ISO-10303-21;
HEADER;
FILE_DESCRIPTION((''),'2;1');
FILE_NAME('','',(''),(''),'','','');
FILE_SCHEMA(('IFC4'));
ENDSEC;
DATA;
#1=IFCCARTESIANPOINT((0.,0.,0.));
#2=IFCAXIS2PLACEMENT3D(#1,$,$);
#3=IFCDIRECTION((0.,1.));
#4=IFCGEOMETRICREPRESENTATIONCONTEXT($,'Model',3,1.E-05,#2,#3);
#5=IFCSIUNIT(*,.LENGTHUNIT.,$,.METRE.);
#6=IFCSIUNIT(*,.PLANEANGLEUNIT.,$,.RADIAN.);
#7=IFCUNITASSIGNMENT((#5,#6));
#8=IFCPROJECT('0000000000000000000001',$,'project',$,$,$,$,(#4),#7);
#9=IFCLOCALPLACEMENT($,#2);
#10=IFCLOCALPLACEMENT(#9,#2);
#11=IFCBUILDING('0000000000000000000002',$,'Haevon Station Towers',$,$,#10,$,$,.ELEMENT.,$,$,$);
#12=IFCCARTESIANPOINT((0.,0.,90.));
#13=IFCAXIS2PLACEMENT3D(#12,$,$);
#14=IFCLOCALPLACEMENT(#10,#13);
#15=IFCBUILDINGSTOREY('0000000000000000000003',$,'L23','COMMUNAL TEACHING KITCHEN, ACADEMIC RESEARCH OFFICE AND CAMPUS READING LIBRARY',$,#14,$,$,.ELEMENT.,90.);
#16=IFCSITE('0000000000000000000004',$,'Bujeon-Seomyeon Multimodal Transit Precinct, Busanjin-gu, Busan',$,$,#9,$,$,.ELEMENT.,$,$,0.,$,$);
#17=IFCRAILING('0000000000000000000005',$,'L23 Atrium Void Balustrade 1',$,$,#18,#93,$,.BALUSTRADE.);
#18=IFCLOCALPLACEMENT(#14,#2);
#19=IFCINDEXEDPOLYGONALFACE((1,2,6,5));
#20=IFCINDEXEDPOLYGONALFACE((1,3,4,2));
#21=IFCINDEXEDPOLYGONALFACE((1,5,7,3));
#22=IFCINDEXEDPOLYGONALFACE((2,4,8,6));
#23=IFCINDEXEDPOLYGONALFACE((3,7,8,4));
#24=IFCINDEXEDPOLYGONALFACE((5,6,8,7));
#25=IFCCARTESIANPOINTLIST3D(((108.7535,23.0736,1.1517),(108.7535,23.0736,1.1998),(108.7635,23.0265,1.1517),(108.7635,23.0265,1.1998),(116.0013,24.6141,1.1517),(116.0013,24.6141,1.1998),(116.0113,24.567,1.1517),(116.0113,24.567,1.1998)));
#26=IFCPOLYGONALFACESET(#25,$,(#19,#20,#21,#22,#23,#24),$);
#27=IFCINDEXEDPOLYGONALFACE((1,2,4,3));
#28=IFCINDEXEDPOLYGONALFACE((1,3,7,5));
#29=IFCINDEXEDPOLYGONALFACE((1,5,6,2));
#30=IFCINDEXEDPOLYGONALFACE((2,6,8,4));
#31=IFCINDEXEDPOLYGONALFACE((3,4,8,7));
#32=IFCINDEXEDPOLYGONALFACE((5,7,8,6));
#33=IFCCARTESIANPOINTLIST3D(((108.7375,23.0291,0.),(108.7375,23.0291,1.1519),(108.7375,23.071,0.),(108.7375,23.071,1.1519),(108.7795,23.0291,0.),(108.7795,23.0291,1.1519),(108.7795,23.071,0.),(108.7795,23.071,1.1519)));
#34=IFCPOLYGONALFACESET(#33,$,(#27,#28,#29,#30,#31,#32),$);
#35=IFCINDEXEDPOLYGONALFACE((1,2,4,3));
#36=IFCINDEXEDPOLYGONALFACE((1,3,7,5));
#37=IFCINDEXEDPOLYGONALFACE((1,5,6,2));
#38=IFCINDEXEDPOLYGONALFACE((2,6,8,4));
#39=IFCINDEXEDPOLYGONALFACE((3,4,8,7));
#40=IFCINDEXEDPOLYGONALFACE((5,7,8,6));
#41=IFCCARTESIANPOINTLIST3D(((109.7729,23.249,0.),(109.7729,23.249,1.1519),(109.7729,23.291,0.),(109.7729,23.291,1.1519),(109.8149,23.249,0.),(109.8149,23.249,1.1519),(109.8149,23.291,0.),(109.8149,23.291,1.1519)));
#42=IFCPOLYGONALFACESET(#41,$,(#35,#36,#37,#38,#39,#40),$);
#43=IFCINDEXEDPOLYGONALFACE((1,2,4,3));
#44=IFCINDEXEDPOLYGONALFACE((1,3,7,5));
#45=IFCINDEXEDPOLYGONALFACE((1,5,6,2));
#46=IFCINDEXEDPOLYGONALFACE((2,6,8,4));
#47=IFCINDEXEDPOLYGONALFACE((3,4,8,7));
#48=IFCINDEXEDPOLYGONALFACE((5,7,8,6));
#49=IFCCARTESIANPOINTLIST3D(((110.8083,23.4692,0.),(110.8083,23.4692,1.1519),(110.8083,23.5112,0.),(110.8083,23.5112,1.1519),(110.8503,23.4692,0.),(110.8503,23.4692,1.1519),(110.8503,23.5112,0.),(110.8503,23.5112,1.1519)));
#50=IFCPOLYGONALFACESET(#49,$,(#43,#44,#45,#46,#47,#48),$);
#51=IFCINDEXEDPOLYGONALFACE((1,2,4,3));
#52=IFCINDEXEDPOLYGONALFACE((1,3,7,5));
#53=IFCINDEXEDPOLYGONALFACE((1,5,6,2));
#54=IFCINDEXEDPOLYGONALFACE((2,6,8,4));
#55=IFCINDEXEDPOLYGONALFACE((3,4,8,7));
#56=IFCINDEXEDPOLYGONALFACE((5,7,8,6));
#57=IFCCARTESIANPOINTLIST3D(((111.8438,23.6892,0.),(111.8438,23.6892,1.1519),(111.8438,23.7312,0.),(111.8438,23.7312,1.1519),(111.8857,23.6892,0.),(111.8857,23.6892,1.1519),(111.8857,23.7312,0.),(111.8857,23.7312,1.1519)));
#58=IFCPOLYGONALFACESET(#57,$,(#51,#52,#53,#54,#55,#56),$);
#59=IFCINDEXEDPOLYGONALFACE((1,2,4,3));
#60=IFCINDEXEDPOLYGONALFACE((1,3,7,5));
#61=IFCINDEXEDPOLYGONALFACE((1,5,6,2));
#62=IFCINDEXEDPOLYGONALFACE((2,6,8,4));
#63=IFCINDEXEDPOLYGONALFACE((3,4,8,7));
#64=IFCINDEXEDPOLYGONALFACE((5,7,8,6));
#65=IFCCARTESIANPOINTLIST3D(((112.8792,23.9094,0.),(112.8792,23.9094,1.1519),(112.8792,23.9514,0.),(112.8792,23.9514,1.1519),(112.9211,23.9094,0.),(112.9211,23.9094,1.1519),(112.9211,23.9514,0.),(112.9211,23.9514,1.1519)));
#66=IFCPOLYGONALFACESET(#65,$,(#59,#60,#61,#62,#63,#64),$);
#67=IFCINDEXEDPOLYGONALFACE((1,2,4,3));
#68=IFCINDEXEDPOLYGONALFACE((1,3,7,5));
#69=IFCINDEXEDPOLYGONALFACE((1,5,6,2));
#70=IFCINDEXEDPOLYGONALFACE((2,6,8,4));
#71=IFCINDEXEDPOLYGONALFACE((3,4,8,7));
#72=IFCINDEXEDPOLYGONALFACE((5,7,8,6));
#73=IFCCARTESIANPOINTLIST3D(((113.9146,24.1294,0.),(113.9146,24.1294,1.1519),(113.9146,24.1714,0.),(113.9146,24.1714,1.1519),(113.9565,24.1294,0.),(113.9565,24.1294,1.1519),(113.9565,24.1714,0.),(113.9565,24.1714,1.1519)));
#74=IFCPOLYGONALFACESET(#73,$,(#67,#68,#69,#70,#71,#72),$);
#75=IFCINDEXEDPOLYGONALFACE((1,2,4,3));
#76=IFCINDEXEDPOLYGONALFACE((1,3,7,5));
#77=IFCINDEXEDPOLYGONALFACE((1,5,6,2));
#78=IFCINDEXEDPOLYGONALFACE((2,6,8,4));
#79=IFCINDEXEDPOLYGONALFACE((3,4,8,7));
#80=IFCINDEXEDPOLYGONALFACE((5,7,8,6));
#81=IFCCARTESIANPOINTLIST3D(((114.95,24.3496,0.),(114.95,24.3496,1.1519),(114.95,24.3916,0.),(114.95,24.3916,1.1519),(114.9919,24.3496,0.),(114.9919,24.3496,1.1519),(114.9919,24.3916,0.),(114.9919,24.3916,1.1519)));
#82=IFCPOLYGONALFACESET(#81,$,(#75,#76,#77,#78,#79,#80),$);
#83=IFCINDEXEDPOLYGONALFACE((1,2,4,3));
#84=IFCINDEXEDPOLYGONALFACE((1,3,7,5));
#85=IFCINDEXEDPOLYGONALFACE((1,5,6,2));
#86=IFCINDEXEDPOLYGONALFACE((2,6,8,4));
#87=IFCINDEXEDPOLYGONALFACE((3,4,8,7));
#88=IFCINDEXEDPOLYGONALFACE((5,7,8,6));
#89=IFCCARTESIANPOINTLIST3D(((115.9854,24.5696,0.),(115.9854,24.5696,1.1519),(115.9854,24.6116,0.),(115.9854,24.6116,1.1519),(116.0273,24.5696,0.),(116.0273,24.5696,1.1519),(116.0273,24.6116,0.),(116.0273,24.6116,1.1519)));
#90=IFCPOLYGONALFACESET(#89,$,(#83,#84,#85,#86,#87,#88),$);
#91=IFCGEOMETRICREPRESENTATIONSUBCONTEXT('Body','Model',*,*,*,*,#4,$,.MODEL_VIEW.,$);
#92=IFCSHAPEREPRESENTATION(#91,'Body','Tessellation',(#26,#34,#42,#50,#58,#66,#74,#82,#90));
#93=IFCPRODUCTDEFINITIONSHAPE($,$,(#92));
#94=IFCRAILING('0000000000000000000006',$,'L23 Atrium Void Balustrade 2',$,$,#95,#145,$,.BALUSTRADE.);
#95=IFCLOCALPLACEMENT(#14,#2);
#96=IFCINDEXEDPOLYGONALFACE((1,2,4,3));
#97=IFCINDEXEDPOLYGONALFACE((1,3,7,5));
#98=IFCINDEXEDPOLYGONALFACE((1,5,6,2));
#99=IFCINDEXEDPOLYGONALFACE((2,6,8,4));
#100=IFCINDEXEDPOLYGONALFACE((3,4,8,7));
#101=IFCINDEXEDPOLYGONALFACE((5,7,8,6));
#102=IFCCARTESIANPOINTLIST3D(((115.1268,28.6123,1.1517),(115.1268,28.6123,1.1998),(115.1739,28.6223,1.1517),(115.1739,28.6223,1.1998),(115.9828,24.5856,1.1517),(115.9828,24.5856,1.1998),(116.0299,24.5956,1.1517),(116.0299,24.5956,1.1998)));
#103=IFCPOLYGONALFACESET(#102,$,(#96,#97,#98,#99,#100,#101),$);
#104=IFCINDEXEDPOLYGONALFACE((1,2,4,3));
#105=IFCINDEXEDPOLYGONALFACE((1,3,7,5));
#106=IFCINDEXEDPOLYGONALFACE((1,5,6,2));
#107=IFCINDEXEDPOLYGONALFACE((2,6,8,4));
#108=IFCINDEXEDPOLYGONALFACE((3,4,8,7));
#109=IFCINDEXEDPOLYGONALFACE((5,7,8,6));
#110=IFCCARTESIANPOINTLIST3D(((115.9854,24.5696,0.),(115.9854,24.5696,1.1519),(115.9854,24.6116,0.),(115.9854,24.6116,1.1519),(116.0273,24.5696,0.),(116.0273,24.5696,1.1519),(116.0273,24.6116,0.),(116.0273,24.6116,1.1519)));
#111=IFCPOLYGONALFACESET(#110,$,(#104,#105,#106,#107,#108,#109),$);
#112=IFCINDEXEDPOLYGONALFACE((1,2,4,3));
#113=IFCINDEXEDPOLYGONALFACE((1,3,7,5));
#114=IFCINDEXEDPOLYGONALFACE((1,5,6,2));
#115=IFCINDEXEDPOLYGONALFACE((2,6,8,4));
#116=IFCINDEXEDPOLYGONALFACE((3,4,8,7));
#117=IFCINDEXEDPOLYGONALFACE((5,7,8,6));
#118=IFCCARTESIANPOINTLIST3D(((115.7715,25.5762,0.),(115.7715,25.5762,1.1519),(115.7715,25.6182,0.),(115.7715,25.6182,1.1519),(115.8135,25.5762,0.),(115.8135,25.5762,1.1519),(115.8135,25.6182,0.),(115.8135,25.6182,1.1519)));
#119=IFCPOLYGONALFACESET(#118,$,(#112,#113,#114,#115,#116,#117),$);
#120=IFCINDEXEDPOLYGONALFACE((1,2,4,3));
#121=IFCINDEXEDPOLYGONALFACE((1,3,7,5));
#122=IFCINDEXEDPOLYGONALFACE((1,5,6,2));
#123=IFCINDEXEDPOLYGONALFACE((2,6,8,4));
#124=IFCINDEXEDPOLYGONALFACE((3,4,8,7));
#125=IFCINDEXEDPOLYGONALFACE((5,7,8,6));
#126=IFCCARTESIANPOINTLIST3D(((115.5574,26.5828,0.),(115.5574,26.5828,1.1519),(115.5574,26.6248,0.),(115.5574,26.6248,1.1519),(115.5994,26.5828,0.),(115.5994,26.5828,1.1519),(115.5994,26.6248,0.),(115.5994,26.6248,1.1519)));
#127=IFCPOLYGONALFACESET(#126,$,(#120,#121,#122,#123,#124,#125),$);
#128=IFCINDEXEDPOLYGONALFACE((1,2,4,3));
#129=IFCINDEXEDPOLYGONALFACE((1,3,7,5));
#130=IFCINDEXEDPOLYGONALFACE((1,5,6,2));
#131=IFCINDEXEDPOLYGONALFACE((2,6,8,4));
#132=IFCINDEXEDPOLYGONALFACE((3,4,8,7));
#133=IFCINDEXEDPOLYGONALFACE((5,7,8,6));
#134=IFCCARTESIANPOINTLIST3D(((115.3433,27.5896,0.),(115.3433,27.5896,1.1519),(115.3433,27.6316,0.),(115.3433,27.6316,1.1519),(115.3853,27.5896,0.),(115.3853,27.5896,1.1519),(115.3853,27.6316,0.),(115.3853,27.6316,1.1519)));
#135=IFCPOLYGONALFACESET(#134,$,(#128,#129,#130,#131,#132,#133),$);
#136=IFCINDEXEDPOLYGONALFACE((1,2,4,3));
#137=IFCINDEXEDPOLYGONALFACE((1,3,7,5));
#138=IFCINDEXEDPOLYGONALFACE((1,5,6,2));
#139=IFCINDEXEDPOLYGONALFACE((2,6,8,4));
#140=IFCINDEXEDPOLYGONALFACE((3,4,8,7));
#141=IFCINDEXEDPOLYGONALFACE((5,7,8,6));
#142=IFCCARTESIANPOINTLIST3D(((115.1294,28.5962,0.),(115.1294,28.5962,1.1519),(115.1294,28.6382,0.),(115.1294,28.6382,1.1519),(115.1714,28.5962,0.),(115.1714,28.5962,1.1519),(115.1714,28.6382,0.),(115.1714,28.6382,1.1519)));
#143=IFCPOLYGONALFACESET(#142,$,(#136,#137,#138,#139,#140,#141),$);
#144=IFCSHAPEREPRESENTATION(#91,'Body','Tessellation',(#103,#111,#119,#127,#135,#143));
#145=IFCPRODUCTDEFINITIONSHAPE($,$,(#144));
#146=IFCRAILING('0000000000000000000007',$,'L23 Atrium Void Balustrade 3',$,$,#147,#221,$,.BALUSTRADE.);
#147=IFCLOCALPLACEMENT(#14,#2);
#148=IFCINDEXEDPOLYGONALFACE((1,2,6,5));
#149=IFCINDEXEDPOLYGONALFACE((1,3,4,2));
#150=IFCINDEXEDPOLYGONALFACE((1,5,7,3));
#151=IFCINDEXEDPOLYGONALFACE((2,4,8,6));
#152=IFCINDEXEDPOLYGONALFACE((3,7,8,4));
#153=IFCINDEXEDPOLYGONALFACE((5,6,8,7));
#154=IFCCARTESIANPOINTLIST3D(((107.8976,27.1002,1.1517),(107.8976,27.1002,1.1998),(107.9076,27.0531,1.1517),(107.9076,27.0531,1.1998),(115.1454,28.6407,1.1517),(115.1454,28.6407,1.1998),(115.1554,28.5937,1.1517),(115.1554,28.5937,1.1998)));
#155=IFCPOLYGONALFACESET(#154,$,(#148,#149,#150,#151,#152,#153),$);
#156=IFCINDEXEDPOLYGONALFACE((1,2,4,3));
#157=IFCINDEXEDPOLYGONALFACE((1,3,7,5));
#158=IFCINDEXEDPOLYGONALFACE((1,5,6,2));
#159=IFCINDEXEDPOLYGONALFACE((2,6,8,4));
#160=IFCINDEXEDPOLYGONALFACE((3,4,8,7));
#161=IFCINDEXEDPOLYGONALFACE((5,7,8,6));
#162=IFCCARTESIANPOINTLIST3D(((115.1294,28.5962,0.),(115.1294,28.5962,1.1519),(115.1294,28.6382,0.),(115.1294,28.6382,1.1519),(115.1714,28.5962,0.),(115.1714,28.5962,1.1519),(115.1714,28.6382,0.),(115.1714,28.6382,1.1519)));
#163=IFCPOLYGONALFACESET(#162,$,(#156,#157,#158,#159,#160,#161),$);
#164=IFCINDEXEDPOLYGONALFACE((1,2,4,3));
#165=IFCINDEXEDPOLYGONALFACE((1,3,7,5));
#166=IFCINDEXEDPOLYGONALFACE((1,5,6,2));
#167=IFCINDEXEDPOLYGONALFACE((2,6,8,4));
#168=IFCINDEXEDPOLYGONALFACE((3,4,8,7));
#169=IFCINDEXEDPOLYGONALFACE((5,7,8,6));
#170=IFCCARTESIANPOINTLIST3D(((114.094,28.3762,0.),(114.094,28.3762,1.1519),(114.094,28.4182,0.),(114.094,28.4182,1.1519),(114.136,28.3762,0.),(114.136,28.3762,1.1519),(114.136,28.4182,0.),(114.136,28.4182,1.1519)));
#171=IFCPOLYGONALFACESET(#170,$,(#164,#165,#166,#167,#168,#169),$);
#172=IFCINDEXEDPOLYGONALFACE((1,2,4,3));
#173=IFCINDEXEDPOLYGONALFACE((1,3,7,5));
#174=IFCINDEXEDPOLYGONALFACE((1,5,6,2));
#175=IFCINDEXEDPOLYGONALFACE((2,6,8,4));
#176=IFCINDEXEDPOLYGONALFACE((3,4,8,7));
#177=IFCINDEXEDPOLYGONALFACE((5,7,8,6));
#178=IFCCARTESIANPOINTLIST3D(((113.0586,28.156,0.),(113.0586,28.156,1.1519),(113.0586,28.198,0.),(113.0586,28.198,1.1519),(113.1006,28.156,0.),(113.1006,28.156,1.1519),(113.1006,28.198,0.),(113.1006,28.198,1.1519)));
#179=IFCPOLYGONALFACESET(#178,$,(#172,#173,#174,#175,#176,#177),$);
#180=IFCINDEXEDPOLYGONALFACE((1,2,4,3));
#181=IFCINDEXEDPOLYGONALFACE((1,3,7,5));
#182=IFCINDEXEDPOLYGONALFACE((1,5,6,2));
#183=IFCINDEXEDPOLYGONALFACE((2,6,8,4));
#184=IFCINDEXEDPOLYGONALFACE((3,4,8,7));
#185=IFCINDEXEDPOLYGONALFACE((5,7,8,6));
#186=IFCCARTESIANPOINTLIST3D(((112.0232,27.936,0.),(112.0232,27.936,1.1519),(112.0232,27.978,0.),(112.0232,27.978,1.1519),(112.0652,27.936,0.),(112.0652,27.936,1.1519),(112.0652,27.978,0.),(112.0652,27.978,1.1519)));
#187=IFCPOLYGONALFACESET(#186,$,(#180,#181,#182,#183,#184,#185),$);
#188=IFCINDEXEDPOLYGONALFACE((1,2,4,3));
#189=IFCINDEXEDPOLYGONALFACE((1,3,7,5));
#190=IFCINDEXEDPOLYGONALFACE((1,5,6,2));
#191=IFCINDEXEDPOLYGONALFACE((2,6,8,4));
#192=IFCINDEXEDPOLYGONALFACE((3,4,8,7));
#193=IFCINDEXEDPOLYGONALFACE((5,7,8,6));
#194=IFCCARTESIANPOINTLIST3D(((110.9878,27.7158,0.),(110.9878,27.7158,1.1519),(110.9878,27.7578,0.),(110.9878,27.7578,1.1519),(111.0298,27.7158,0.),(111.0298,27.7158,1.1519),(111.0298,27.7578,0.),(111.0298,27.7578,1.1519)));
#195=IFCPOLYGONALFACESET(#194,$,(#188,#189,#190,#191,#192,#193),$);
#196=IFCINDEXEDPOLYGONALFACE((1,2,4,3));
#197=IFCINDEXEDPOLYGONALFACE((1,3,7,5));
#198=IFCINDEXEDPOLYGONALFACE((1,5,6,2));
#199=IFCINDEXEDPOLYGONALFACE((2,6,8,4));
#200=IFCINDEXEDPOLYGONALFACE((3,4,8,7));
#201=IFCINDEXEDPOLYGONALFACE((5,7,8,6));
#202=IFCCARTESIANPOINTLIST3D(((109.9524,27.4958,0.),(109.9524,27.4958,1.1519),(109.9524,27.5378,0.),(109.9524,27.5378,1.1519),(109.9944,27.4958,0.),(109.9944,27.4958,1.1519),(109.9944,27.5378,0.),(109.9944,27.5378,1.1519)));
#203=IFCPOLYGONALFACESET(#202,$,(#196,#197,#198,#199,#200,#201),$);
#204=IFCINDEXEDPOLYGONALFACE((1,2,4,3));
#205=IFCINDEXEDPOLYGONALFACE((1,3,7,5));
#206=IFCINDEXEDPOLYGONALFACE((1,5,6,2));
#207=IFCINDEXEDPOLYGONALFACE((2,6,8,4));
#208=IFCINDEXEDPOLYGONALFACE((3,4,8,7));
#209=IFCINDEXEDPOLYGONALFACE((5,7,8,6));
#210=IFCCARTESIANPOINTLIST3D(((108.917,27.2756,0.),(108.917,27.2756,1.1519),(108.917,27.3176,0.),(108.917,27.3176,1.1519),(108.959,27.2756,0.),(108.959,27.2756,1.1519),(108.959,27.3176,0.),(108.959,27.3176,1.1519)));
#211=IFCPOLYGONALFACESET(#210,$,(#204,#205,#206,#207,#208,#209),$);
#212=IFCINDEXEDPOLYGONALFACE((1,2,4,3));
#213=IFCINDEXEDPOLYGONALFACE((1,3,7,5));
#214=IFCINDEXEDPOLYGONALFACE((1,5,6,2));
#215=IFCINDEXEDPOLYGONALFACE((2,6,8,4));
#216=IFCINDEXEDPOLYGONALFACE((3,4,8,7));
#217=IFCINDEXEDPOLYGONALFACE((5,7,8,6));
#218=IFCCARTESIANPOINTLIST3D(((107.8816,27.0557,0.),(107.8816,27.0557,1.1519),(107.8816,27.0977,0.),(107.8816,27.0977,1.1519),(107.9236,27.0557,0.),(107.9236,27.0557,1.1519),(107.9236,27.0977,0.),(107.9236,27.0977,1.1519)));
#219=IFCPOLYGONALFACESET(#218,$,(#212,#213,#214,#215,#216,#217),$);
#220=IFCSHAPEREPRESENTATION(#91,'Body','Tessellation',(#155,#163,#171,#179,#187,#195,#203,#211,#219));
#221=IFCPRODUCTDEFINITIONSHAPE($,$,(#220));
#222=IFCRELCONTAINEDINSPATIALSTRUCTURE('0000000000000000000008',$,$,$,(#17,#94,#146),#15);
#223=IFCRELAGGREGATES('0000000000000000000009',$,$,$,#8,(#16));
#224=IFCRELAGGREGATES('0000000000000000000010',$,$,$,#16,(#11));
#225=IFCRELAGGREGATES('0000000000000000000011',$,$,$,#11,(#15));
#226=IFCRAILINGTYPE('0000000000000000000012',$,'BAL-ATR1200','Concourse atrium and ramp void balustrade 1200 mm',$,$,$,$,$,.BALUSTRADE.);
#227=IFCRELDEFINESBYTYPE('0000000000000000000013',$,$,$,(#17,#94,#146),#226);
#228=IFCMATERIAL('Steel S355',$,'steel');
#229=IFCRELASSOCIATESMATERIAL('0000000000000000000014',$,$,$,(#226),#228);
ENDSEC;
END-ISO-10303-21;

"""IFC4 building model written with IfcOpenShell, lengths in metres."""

from ifc_helpers import new_model, si_unit, direction, frame, origin, origin_2d, place, context, subcontext, project, spatial, rectangle, extrude, material, type_object, element, save


model = new_model("IFC4")

# Units and contexts
model_context = context("Model", 3, precision=1e-05, world=origin(), true_north=direction((0.0, 1.0)))
body_context = subcontext(model_context, "Body", "Model", "MODEL_VIEW")
ifc_project = project(units=[si_unit("LENGTHUNIT", "METRE"), si_unit("PLANEANGLEUNIT", "RADIAN")], contexts=[model_context])

# Site, building, storey
site_placement = place(None, origin())
site = spatial("IfcSite", under=ifc_project, at=site_placement, Name="Bujeon-Seomyeon Multimodal Transit Precinct, Busanjin-gu, Busan", CompositionType="ELEMENT", RefElevation=0.0)
building_placement = place(site_placement, origin())
building = spatial("IfcBuilding", under=site, at=building_placement, Name="Haevon Station Towers", CompositionType="ELEMENT")
storey_placement = place(building_placement, frame((0.0, 0.0, 90.0)))
storey = spatial("IfcBuildingStorey", under=building, at=storey_placement, Name="L23", Description="COMMUNAL TEACHING KITCHEN, ACADEMIC RESEARCH OFFICE AND CAMPUS READING LIBRARY", CompositionType="ELEMENT", Elevation=90.0)

# Shared definitions
ifc_material_1 = material(Name="Steel S355", Category="steel")

# Railings
railing_type_1 = type_object("IfcRailingType", Name="BAL-ATR1200", Description="Concourse atrium and ramp void balustrade 1200 mm", PredefinedType="BALUSTRADE", material=ifc_material_1)
railing_1_placement = place(storey_placement, frame((108.7585, 23.05, 0.0)))
element("IfcRailing", 1, at=railing_1_placement, inside=storey, type_object=railing_type_1, Name="L23 Atrium Void Balustrade 1", PredefinedType="BALUSTRADE", context=body_context, shape_type="SweptSolid", body=[
    extrude(rectangle(XDim=0.0481, YDim=0.0481, at=origin_2d()), frame((0.0, 0.0, 1.1758), z_axis=(0.978149, 0.207906, 0.0), x_axis=(-0.207906, 0.978149, 0.0)), (0.0, 0.0, 1.0), 7.4097),
    extrude(rectangle(XDim=0.042, YDim=0.042, at=origin_2d()), origin(), (0.0, 0.0, 1.0), 1.1519),
    extrude(rectangle(XDim=0.042, YDim=0.042, at=origin_2d()), frame((1.0354, 0.22, 0.0)), (0.0, 0.0, 1.0), 1.1519),
    extrude(rectangle(XDim=0.042, YDim=0.042, at=origin_2d()), frame((2.0708, 0.4402, 0.0)), (0.0, 0.0, 1.0), 1.1519),
    extrude(rectangle(XDim=0.042, YDim=0.042, at=origin_2d()), frame((3.1062, 0.6602, 0.0)), (0.0, 0.0, 1.0), 1.1519),
    extrude(rectangle(XDim=0.042, YDim=0.042, at=origin_2d()), frame((4.1416, 0.8804, 0.0)), (0.0, 0.0, 1.0), 1.1519),
    extrude(rectangle(XDim=0.042, YDim=0.042, at=origin_2d()), frame((5.177, 1.1003, 0.0)), (0.0, 0.0, 1.0), 1.1519),
    extrude(rectangle(XDim=0.042, YDim=0.042, at=origin_2d()), frame((6.2124, 1.3206, 0.0)), (0.0, 0.0, 1.0), 1.1519),
    extrude(rectangle(XDim=0.042, YDim=0.042, at=origin_2d()), frame((7.2478, 1.5405, 0.0)), (0.0, 0.0, 1.0), 1.1519),
])
railing_2_placement = place(storey_placement, frame((116.0063, 24.5906, 0.0)))
element("IfcRailing", 2, at=railing_2_placement, inside=storey, type_object=railing_type_1, Name="L23 Atrium Void Balustrade 2", PredefinedType="BALUSTRADE", context=body_context, shape_type="SweptSolid", body=[
    extrude(rectangle(XDim=0.0481, YDim=0.0481, at=origin_2d()), frame((0.0, 0.0, 1.1758), z_axis=(-0.207929, 0.978144, 0.0), x_axis=(-0.978144, -0.207929, 0.0)), (0.0, 0.0, 1.0), 4.1167),
    extrude(rectangle(XDim=0.042, YDim=0.042, at=origin_2d()), origin(), (0.0, 0.0, 1.0), 1.1519),
    extrude(rectangle(XDim=0.042, YDim=0.042, at=origin_2d()), frame((-0.2139, 1.0066, 0.0)), (0.0, 0.0, 1.0), 1.1519),
    extrude(rectangle(XDim=0.042, YDim=0.042, at=origin_2d()), frame((-0.428, 2.0132, 0.0)), (0.0, 0.0, 1.0), 1.1519),
    extrude(rectangle(XDim=0.042, YDim=0.042, at=origin_2d()), frame((-0.6421, 3.02, 0.0)), (0.0, 0.0, 1.0), 1.1519),
    extrude(rectangle(XDim=0.042, YDim=0.042, at=origin_2d()), frame((-0.856, 4.0266, 0.0)), (0.0, 0.0, 1.0), 1.1519),
])
railing_3_placement = place(storey_placement, frame((115.1504, 28.6172, 0.0)))
element("IfcRailing", 3, at=railing_3_placement, inside=storey, type_object=railing_type_1, Name="L23 Atrium Void Balustrade 3", PredefinedType="BALUSTRADE", context=body_context, shape_type="SweptSolid", body=[
    extrude(rectangle(XDim=0.0481, YDim=0.0481, at=origin_2d()), frame((0.0, 0.0, 1.1758), z_axis=(-0.978149, -0.207906, 0.0), x_axis=(0.207906, -0.978149, 0.0)), (0.0, 0.0, 1.0), 7.4097),
    extrude(rectangle(XDim=0.042, YDim=0.042, at=origin_2d()), origin(), (0.0, 0.0, 1.0), 1.1519),
    extrude(rectangle(XDim=0.042, YDim=0.042, at=origin_2d()), frame((-1.0354, -0.22, 0.0)), (0.0, 0.0, 1.0), 1.1519),
    extrude(rectangle(XDim=0.042, YDim=0.042, at=origin_2d()), frame((-2.0708, -0.4402, 0.0)), (0.0, 0.0, 1.0), 1.1519),
    extrude(rectangle(XDim=0.042, YDim=0.042, at=origin_2d()), frame((-3.1062, -0.6602, 0.0)), (0.0, 0.0, 1.0), 1.1519),
    extrude(rectangle(XDim=0.042, YDim=0.042, at=origin_2d()), frame((-4.1416, -0.8804, 0.0)), (0.0, 0.0, 1.0), 1.1519),
    extrude(rectangle(XDim=0.042, YDim=0.042, at=origin_2d()), frame((-5.177, -1.1003, 0.0)), (0.0, 0.0, 1.0), 1.1519),
    extrude(rectangle(XDim=0.042, YDim=0.042, at=origin_2d()), frame((-6.2124, -1.3206, 0.0)), (0.0, 0.0, 1.0), 1.1519),
    extrude(rectangle(XDim=0.042, YDim=0.042, at=origin_2d()), frame((-7.2478, -1.5405, 0.0)), (0.0, 0.0, 1.0), 1.1519),
])

save(model, "model.ifc")
